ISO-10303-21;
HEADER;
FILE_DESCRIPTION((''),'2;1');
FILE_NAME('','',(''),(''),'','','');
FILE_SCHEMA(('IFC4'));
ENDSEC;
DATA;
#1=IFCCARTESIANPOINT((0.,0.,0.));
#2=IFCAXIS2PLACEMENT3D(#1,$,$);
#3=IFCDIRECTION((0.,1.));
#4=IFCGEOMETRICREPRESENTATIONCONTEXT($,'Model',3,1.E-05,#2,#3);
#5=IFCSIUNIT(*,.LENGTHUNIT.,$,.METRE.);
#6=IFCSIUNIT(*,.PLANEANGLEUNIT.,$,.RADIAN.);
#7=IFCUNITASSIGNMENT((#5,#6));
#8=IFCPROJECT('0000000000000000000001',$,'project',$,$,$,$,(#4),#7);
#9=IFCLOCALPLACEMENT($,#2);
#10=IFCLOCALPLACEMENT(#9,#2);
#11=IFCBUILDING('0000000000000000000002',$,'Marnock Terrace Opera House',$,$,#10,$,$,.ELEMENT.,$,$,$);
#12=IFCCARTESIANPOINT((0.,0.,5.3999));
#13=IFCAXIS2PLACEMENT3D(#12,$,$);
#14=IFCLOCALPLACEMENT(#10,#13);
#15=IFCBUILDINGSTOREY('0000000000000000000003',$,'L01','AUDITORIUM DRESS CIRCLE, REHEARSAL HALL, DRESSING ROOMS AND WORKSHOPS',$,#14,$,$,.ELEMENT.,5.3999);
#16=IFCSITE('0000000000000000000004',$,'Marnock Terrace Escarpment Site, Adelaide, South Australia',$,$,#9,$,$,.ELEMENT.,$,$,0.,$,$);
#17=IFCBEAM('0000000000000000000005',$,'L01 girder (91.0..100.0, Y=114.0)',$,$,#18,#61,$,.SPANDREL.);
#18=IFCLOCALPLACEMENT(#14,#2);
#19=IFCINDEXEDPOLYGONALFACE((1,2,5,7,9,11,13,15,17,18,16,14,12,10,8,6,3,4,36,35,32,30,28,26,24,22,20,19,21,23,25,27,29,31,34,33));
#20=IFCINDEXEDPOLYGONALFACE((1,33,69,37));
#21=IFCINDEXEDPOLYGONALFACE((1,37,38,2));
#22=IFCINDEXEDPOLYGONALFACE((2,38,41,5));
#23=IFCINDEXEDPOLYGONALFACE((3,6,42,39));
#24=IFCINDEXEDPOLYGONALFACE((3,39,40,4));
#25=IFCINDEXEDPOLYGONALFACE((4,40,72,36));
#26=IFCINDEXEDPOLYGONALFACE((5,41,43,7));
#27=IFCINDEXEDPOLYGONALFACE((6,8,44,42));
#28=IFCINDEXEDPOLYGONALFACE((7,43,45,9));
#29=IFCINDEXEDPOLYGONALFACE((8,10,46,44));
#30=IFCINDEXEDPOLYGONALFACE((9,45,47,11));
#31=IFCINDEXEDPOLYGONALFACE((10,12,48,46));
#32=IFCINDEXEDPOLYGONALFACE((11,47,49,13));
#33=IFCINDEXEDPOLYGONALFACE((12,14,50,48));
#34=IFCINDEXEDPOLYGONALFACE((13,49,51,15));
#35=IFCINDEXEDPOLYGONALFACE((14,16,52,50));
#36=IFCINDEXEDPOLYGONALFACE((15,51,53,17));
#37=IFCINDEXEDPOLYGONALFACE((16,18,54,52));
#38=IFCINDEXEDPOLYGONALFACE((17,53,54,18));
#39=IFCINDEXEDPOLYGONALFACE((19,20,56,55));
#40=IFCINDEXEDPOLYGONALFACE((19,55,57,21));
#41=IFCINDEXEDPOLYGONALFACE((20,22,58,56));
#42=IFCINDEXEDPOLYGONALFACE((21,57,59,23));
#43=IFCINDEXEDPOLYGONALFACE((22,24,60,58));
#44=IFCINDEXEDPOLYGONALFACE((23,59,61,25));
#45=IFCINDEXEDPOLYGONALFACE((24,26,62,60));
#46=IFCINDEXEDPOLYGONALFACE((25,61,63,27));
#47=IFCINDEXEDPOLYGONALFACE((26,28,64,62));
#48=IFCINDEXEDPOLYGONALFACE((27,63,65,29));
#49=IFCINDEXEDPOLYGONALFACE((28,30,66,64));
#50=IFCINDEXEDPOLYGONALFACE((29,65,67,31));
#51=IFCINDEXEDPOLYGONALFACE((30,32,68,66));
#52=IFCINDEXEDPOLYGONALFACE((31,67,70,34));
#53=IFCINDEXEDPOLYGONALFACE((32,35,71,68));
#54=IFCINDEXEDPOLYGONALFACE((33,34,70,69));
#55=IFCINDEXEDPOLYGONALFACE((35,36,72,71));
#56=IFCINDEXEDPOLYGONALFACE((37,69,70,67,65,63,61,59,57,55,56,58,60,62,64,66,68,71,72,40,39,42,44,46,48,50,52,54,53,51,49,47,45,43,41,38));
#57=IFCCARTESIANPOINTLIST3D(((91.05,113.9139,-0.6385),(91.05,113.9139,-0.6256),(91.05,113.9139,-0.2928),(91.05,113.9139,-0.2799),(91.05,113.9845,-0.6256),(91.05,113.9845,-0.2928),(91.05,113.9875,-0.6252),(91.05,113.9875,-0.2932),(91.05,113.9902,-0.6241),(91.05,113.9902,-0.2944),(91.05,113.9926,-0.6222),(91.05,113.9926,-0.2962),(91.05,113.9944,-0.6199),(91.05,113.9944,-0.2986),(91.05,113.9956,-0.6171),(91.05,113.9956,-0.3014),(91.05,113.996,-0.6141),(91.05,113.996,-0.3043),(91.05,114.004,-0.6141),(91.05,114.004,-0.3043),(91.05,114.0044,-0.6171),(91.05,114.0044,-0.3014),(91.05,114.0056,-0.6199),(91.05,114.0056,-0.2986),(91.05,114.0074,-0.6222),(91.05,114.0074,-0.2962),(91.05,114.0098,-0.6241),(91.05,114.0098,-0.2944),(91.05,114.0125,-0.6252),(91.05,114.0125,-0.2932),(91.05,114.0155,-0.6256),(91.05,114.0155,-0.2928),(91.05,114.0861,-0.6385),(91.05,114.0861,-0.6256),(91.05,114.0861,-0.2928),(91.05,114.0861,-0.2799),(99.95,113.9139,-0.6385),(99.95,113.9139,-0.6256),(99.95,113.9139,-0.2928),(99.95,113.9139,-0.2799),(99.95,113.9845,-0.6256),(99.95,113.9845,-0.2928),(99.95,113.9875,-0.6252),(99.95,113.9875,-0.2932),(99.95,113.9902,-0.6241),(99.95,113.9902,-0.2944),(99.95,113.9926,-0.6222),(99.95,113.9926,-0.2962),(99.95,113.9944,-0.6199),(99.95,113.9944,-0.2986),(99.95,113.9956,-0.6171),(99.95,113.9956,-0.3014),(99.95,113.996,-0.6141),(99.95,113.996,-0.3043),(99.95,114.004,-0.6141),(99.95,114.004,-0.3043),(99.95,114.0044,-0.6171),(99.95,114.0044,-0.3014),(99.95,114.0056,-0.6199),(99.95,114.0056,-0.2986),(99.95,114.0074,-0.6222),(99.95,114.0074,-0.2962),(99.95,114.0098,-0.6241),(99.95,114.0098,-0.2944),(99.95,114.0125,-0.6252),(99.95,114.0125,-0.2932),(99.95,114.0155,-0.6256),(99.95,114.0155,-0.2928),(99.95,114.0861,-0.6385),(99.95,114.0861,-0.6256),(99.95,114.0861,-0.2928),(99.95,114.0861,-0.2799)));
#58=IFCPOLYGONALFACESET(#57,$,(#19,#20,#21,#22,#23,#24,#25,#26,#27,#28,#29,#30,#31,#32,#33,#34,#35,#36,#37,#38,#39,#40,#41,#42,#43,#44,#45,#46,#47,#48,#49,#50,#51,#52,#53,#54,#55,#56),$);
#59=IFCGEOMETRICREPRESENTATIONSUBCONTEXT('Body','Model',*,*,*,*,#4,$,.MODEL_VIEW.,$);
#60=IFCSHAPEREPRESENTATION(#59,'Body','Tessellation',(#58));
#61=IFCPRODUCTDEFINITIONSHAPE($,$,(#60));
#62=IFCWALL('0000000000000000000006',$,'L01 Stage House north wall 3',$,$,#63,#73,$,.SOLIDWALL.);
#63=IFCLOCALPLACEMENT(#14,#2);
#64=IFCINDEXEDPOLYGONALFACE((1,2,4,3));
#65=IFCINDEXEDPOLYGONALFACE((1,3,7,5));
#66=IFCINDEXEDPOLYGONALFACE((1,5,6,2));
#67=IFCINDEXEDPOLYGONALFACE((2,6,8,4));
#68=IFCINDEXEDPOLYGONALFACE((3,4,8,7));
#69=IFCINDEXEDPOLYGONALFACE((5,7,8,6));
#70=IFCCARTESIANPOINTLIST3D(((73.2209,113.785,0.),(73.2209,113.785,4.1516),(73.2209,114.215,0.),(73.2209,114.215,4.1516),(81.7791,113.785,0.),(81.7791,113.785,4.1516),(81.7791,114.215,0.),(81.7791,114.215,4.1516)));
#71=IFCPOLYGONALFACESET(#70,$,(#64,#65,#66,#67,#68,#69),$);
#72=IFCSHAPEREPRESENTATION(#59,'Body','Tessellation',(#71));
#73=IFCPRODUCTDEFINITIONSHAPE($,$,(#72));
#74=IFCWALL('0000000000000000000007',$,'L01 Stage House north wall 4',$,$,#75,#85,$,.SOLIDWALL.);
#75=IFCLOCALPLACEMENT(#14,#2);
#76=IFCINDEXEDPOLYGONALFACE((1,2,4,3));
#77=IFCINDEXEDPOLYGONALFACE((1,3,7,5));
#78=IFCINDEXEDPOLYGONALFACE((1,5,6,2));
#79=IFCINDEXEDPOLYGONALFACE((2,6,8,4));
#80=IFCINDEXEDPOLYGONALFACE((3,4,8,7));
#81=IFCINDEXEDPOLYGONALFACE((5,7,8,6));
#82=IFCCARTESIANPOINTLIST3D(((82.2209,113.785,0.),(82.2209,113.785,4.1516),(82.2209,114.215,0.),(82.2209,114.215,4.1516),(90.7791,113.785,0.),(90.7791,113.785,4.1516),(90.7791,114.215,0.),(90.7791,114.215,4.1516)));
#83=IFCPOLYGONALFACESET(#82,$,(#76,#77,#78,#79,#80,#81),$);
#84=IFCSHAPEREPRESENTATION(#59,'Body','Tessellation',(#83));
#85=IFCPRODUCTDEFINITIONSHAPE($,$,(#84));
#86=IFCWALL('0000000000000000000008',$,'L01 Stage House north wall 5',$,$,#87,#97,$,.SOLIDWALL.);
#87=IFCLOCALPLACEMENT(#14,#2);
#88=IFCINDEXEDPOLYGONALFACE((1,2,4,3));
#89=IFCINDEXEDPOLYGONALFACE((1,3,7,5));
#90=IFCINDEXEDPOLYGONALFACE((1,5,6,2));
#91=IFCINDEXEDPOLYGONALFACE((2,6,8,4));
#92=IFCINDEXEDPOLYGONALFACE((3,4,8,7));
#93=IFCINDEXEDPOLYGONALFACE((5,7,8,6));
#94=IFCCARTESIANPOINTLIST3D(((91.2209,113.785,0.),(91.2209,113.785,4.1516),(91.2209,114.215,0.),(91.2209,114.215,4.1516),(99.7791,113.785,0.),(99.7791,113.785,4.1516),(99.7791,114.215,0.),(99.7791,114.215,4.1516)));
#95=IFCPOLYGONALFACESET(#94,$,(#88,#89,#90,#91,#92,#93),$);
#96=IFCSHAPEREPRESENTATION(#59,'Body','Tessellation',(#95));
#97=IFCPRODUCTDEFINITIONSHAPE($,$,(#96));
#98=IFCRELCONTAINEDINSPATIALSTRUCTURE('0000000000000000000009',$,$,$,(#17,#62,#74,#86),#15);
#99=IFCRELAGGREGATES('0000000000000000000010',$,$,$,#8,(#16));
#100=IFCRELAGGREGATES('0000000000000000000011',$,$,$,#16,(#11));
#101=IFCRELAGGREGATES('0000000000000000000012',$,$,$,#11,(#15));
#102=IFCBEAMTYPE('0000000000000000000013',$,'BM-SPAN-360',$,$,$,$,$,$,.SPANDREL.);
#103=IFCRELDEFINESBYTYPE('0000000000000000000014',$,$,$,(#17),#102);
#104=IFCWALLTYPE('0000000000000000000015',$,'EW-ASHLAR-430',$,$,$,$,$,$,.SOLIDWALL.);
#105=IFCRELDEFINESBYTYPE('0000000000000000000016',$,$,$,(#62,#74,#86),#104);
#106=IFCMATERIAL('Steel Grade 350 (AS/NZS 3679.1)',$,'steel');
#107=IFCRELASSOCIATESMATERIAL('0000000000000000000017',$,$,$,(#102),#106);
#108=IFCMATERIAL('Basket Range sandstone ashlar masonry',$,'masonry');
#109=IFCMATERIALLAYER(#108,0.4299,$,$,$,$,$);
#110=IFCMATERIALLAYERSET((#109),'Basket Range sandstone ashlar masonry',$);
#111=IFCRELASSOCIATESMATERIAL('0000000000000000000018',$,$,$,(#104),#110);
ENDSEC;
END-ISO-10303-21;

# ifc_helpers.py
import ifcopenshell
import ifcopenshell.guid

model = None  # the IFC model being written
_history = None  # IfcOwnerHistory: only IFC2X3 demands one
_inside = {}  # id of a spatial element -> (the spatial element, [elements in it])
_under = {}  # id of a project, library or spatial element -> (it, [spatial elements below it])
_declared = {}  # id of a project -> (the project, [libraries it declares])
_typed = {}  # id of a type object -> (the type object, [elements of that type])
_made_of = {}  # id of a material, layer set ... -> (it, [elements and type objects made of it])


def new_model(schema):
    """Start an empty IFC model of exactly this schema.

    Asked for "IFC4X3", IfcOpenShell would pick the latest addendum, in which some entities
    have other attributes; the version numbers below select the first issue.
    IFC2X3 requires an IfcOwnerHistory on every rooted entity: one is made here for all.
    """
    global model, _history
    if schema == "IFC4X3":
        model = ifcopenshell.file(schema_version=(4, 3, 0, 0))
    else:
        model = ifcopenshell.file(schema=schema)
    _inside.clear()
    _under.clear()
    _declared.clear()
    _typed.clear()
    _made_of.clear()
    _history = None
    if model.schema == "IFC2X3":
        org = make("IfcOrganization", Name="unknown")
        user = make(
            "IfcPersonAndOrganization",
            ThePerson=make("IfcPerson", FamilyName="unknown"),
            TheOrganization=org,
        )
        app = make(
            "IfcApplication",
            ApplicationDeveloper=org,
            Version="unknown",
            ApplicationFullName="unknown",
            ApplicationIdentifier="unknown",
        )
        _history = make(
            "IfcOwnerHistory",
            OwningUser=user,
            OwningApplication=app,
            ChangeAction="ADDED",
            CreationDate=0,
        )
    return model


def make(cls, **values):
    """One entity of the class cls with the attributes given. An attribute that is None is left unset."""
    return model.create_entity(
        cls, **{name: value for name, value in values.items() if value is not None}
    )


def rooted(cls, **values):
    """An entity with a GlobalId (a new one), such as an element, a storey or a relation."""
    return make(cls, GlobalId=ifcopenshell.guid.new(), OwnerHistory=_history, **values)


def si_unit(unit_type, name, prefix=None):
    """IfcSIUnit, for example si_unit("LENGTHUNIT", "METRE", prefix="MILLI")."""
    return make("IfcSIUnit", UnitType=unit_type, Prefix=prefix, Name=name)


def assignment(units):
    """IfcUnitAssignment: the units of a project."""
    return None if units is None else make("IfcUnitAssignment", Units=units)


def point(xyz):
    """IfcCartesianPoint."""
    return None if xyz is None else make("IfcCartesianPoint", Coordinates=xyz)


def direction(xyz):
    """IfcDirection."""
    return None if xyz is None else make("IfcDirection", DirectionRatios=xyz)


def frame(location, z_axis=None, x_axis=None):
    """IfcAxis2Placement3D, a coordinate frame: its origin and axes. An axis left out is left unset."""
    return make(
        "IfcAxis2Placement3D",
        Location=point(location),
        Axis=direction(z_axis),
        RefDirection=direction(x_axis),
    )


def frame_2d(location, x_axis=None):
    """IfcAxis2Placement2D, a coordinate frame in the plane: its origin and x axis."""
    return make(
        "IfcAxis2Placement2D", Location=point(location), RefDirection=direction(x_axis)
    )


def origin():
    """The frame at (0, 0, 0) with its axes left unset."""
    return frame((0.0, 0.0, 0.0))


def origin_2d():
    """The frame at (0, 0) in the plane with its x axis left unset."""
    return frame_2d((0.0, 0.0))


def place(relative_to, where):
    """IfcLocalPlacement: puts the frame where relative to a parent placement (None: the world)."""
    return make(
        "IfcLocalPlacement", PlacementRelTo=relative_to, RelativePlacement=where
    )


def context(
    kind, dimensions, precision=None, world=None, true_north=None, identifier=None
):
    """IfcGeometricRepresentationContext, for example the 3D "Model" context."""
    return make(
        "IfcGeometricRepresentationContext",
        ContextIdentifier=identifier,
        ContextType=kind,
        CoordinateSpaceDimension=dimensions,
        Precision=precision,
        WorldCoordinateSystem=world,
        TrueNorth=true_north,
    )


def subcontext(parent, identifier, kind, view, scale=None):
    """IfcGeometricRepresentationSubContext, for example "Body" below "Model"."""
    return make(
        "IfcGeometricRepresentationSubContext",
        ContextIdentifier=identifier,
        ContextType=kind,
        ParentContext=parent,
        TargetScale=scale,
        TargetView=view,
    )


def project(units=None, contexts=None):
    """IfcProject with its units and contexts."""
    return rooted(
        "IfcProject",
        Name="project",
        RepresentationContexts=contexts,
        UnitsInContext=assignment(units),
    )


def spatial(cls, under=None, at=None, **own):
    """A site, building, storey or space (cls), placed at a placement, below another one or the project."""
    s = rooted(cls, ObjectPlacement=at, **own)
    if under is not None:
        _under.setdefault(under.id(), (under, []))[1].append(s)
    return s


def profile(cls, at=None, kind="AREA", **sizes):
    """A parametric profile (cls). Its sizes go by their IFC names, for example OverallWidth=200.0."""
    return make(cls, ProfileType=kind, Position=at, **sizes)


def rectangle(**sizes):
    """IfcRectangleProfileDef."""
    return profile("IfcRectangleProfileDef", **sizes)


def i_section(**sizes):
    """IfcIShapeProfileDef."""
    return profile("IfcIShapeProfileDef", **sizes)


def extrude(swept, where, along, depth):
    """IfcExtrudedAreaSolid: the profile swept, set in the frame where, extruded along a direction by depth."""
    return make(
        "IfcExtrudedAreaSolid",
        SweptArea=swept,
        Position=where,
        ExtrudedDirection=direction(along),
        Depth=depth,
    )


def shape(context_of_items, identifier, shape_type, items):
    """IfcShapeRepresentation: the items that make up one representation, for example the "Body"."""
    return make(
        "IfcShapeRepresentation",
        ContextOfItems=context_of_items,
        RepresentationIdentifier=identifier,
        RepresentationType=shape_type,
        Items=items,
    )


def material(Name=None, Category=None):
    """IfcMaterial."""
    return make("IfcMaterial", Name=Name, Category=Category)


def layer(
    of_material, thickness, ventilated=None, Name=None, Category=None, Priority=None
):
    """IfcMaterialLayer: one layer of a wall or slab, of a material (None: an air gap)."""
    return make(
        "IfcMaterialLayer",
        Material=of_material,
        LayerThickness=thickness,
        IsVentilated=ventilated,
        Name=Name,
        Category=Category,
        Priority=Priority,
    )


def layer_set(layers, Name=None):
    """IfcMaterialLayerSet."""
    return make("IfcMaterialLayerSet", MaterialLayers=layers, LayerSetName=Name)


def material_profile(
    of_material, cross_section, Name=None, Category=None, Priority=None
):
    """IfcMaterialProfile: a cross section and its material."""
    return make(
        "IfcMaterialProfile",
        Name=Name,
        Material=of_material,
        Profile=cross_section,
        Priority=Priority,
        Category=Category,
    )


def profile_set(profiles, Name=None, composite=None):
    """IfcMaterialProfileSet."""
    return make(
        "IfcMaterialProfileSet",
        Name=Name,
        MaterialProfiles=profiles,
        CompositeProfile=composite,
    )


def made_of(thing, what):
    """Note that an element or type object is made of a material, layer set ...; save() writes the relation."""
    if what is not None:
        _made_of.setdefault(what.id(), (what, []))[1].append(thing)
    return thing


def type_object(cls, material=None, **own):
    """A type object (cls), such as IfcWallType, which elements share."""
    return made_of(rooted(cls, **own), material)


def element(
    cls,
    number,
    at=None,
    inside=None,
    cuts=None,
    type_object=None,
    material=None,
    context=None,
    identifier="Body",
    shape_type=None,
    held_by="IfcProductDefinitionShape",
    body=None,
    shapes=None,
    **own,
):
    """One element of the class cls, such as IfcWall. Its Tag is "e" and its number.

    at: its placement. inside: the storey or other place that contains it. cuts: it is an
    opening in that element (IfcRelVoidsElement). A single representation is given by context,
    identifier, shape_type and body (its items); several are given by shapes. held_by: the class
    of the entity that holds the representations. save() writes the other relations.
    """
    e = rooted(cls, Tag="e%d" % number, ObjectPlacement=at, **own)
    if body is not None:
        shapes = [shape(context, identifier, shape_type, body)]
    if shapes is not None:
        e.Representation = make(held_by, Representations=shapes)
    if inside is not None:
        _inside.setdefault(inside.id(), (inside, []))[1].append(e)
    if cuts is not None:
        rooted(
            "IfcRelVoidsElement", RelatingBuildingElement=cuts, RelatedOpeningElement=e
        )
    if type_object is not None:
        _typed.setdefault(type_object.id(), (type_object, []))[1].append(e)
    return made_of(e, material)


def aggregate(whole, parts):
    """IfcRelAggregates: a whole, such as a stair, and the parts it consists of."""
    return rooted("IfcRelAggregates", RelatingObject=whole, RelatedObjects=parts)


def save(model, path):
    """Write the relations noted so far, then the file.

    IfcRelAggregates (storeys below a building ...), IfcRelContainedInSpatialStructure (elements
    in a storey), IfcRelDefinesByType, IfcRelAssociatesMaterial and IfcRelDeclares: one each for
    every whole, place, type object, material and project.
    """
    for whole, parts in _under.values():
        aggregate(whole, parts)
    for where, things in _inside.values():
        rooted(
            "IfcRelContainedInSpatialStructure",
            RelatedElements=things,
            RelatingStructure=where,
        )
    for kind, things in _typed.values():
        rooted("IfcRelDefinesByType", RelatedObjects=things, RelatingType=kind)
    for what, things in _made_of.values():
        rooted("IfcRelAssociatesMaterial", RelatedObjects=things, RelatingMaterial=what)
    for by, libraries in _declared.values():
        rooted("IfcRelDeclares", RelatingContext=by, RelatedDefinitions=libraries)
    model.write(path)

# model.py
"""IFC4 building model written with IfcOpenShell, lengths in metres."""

from ifc_helpers import new_model, si_unit, direction, frame, frame_2d, origin, origin_2d, place, context, subcontext, project, spatial, rectangle, i_section, extrude, material, layer, layer_set, material_profile, profile_set, type_object, element, save


model = new_model("IFC4")

# Units and contexts
model_context = context("Model", 3, precision=1e-05, world=origin(), true_north=direction((0.0, 1.0)))
body_context = subcontext(model_context, "Body", "Model", "MODEL_VIEW")
ifc_project = project(units=[si_unit("LENGTHUNIT", "METRE"), si_unit("PLANEANGLEUNIT", "RADIAN")], contexts=[model_context])

# Site, building, storey
site_placement = place(None, origin())
site = spatial("IfcSite", under=ifc_project, at=site_placement, Name="Marnock Terrace Escarpment Site, Adelaide, South Australia", CompositionType="ELEMENT", RefElevation=0.0)
building_placement = place(site_placement, origin())
building = spatial("IfcBuilding", under=site, at=building_placement, Name="Marnock Terrace Opera House", CompositionType="ELEMENT")
storey_placement = place(building_placement, frame((0.0, 0.0, 5.3999)))
storey = spatial("IfcBuildingStorey", under=building, at=storey_placement, Name="L01", Description="AUDITORIUM DRESS CIRCLE, REHEARSAL HALL, DRESSING ROOMS AND WORKSHOPS", CompositionType="ELEMENT", Elevation=5.3999)

# Beam
ifc_material_1 = material(Name="Steel Grade 350 (AS/NZS 3679.1)", Category="steel")
ifc_material_profile_1 = material_profile(ifc_material_1, i_section(OverallWidth=0.1721, OverallDepth=0.3586, WebThickness=0.0081, FlangeThickness=0.0129, FilletRadius=0.0115, at=origin_2d()))
ifc_profile_set_1 = profile_set([ifc_material_profile_1], Name="Steel Grade 350 (AS/NZS 3679.1)")
beam_type_1 = type_object("IfcBeamType", Name="BM-SPAN-360", PredefinedType="SPANDREL", material=ifc_profile_set_1)
for number, where, z_axis, x_axis, name in (
    (1, (91.05, 114.0, -0.4592), (1.0, 0.0, 0.0), (0.0, 1.0, 0.0), "L01 girder (91.0..100.0, Y=114.0)"),
):
    element("IfcBeam", number, at=place(storey_placement, frame(where, z_axis=z_axis, x_axis=x_axis)), inside=storey, type_object=beam_type_1, Name=name, PredefinedType="SPANDREL", context=body_context, shape_type="SweptSolid", body=[
        extrude(i_section(OverallWidth=0.1721, OverallDepth=0.3586, WebThickness=0.0081, FlangeThickness=0.0129, FilletRadius=0.0115, at=origin_2d()), origin(), (0.0, 0.0, 1.0), 8.8999),
    ])

# Walls
ifc_material_2 = material(Name="Basket Range sandstone ashlar masonry", Category="masonry")
ifc_layer = layer(ifc_material_2, 0.4299)
ifc_layer_set = layer_set([ifc_layer], Name="Basket Range sandstone ashlar masonry")
wall_type = type_object("IfcWallType", Name="EW-ASHLAR-430", PredefinedType="SOLIDWALL", material=ifc_layer_set)
for number, where, z_axis, x_axis, name in (
    (2, (73.2209, 114.0, 0.0), (0.0, 0.0, 1.0), (1.0, 0.0, 0.0), "L01 Stage House north wall 3"),
    (3, (82.2209, 114.0, 0.0), (0.0, 0.0, 1.0), (1.0, 0.0, 0.0), "L01 Stage House north wall 4"),
    (4, (91.2209, 114.0, 0.0), (0.0, 0.0, 1.0), (1.0, 0.0, 0.0), "L01 Stage House north wall 5"),
):
    element("IfcWall", number, at=place(storey_placement, frame(where, z_axis=z_axis, x_axis=x_axis)), inside=storey, type_object=wall_type, Name=name, PredefinedType="SOLIDWALL", context=body_context, shape_type="SweptSolid", body=[
        extrude(rectangle(XDim=8.5581, YDim=0.4299, at=frame_2d((4.2791, 0.0))), origin(), (0.0, 0.0, 1.0), 4.1516),
    ])

save(model, "model.ifc")
